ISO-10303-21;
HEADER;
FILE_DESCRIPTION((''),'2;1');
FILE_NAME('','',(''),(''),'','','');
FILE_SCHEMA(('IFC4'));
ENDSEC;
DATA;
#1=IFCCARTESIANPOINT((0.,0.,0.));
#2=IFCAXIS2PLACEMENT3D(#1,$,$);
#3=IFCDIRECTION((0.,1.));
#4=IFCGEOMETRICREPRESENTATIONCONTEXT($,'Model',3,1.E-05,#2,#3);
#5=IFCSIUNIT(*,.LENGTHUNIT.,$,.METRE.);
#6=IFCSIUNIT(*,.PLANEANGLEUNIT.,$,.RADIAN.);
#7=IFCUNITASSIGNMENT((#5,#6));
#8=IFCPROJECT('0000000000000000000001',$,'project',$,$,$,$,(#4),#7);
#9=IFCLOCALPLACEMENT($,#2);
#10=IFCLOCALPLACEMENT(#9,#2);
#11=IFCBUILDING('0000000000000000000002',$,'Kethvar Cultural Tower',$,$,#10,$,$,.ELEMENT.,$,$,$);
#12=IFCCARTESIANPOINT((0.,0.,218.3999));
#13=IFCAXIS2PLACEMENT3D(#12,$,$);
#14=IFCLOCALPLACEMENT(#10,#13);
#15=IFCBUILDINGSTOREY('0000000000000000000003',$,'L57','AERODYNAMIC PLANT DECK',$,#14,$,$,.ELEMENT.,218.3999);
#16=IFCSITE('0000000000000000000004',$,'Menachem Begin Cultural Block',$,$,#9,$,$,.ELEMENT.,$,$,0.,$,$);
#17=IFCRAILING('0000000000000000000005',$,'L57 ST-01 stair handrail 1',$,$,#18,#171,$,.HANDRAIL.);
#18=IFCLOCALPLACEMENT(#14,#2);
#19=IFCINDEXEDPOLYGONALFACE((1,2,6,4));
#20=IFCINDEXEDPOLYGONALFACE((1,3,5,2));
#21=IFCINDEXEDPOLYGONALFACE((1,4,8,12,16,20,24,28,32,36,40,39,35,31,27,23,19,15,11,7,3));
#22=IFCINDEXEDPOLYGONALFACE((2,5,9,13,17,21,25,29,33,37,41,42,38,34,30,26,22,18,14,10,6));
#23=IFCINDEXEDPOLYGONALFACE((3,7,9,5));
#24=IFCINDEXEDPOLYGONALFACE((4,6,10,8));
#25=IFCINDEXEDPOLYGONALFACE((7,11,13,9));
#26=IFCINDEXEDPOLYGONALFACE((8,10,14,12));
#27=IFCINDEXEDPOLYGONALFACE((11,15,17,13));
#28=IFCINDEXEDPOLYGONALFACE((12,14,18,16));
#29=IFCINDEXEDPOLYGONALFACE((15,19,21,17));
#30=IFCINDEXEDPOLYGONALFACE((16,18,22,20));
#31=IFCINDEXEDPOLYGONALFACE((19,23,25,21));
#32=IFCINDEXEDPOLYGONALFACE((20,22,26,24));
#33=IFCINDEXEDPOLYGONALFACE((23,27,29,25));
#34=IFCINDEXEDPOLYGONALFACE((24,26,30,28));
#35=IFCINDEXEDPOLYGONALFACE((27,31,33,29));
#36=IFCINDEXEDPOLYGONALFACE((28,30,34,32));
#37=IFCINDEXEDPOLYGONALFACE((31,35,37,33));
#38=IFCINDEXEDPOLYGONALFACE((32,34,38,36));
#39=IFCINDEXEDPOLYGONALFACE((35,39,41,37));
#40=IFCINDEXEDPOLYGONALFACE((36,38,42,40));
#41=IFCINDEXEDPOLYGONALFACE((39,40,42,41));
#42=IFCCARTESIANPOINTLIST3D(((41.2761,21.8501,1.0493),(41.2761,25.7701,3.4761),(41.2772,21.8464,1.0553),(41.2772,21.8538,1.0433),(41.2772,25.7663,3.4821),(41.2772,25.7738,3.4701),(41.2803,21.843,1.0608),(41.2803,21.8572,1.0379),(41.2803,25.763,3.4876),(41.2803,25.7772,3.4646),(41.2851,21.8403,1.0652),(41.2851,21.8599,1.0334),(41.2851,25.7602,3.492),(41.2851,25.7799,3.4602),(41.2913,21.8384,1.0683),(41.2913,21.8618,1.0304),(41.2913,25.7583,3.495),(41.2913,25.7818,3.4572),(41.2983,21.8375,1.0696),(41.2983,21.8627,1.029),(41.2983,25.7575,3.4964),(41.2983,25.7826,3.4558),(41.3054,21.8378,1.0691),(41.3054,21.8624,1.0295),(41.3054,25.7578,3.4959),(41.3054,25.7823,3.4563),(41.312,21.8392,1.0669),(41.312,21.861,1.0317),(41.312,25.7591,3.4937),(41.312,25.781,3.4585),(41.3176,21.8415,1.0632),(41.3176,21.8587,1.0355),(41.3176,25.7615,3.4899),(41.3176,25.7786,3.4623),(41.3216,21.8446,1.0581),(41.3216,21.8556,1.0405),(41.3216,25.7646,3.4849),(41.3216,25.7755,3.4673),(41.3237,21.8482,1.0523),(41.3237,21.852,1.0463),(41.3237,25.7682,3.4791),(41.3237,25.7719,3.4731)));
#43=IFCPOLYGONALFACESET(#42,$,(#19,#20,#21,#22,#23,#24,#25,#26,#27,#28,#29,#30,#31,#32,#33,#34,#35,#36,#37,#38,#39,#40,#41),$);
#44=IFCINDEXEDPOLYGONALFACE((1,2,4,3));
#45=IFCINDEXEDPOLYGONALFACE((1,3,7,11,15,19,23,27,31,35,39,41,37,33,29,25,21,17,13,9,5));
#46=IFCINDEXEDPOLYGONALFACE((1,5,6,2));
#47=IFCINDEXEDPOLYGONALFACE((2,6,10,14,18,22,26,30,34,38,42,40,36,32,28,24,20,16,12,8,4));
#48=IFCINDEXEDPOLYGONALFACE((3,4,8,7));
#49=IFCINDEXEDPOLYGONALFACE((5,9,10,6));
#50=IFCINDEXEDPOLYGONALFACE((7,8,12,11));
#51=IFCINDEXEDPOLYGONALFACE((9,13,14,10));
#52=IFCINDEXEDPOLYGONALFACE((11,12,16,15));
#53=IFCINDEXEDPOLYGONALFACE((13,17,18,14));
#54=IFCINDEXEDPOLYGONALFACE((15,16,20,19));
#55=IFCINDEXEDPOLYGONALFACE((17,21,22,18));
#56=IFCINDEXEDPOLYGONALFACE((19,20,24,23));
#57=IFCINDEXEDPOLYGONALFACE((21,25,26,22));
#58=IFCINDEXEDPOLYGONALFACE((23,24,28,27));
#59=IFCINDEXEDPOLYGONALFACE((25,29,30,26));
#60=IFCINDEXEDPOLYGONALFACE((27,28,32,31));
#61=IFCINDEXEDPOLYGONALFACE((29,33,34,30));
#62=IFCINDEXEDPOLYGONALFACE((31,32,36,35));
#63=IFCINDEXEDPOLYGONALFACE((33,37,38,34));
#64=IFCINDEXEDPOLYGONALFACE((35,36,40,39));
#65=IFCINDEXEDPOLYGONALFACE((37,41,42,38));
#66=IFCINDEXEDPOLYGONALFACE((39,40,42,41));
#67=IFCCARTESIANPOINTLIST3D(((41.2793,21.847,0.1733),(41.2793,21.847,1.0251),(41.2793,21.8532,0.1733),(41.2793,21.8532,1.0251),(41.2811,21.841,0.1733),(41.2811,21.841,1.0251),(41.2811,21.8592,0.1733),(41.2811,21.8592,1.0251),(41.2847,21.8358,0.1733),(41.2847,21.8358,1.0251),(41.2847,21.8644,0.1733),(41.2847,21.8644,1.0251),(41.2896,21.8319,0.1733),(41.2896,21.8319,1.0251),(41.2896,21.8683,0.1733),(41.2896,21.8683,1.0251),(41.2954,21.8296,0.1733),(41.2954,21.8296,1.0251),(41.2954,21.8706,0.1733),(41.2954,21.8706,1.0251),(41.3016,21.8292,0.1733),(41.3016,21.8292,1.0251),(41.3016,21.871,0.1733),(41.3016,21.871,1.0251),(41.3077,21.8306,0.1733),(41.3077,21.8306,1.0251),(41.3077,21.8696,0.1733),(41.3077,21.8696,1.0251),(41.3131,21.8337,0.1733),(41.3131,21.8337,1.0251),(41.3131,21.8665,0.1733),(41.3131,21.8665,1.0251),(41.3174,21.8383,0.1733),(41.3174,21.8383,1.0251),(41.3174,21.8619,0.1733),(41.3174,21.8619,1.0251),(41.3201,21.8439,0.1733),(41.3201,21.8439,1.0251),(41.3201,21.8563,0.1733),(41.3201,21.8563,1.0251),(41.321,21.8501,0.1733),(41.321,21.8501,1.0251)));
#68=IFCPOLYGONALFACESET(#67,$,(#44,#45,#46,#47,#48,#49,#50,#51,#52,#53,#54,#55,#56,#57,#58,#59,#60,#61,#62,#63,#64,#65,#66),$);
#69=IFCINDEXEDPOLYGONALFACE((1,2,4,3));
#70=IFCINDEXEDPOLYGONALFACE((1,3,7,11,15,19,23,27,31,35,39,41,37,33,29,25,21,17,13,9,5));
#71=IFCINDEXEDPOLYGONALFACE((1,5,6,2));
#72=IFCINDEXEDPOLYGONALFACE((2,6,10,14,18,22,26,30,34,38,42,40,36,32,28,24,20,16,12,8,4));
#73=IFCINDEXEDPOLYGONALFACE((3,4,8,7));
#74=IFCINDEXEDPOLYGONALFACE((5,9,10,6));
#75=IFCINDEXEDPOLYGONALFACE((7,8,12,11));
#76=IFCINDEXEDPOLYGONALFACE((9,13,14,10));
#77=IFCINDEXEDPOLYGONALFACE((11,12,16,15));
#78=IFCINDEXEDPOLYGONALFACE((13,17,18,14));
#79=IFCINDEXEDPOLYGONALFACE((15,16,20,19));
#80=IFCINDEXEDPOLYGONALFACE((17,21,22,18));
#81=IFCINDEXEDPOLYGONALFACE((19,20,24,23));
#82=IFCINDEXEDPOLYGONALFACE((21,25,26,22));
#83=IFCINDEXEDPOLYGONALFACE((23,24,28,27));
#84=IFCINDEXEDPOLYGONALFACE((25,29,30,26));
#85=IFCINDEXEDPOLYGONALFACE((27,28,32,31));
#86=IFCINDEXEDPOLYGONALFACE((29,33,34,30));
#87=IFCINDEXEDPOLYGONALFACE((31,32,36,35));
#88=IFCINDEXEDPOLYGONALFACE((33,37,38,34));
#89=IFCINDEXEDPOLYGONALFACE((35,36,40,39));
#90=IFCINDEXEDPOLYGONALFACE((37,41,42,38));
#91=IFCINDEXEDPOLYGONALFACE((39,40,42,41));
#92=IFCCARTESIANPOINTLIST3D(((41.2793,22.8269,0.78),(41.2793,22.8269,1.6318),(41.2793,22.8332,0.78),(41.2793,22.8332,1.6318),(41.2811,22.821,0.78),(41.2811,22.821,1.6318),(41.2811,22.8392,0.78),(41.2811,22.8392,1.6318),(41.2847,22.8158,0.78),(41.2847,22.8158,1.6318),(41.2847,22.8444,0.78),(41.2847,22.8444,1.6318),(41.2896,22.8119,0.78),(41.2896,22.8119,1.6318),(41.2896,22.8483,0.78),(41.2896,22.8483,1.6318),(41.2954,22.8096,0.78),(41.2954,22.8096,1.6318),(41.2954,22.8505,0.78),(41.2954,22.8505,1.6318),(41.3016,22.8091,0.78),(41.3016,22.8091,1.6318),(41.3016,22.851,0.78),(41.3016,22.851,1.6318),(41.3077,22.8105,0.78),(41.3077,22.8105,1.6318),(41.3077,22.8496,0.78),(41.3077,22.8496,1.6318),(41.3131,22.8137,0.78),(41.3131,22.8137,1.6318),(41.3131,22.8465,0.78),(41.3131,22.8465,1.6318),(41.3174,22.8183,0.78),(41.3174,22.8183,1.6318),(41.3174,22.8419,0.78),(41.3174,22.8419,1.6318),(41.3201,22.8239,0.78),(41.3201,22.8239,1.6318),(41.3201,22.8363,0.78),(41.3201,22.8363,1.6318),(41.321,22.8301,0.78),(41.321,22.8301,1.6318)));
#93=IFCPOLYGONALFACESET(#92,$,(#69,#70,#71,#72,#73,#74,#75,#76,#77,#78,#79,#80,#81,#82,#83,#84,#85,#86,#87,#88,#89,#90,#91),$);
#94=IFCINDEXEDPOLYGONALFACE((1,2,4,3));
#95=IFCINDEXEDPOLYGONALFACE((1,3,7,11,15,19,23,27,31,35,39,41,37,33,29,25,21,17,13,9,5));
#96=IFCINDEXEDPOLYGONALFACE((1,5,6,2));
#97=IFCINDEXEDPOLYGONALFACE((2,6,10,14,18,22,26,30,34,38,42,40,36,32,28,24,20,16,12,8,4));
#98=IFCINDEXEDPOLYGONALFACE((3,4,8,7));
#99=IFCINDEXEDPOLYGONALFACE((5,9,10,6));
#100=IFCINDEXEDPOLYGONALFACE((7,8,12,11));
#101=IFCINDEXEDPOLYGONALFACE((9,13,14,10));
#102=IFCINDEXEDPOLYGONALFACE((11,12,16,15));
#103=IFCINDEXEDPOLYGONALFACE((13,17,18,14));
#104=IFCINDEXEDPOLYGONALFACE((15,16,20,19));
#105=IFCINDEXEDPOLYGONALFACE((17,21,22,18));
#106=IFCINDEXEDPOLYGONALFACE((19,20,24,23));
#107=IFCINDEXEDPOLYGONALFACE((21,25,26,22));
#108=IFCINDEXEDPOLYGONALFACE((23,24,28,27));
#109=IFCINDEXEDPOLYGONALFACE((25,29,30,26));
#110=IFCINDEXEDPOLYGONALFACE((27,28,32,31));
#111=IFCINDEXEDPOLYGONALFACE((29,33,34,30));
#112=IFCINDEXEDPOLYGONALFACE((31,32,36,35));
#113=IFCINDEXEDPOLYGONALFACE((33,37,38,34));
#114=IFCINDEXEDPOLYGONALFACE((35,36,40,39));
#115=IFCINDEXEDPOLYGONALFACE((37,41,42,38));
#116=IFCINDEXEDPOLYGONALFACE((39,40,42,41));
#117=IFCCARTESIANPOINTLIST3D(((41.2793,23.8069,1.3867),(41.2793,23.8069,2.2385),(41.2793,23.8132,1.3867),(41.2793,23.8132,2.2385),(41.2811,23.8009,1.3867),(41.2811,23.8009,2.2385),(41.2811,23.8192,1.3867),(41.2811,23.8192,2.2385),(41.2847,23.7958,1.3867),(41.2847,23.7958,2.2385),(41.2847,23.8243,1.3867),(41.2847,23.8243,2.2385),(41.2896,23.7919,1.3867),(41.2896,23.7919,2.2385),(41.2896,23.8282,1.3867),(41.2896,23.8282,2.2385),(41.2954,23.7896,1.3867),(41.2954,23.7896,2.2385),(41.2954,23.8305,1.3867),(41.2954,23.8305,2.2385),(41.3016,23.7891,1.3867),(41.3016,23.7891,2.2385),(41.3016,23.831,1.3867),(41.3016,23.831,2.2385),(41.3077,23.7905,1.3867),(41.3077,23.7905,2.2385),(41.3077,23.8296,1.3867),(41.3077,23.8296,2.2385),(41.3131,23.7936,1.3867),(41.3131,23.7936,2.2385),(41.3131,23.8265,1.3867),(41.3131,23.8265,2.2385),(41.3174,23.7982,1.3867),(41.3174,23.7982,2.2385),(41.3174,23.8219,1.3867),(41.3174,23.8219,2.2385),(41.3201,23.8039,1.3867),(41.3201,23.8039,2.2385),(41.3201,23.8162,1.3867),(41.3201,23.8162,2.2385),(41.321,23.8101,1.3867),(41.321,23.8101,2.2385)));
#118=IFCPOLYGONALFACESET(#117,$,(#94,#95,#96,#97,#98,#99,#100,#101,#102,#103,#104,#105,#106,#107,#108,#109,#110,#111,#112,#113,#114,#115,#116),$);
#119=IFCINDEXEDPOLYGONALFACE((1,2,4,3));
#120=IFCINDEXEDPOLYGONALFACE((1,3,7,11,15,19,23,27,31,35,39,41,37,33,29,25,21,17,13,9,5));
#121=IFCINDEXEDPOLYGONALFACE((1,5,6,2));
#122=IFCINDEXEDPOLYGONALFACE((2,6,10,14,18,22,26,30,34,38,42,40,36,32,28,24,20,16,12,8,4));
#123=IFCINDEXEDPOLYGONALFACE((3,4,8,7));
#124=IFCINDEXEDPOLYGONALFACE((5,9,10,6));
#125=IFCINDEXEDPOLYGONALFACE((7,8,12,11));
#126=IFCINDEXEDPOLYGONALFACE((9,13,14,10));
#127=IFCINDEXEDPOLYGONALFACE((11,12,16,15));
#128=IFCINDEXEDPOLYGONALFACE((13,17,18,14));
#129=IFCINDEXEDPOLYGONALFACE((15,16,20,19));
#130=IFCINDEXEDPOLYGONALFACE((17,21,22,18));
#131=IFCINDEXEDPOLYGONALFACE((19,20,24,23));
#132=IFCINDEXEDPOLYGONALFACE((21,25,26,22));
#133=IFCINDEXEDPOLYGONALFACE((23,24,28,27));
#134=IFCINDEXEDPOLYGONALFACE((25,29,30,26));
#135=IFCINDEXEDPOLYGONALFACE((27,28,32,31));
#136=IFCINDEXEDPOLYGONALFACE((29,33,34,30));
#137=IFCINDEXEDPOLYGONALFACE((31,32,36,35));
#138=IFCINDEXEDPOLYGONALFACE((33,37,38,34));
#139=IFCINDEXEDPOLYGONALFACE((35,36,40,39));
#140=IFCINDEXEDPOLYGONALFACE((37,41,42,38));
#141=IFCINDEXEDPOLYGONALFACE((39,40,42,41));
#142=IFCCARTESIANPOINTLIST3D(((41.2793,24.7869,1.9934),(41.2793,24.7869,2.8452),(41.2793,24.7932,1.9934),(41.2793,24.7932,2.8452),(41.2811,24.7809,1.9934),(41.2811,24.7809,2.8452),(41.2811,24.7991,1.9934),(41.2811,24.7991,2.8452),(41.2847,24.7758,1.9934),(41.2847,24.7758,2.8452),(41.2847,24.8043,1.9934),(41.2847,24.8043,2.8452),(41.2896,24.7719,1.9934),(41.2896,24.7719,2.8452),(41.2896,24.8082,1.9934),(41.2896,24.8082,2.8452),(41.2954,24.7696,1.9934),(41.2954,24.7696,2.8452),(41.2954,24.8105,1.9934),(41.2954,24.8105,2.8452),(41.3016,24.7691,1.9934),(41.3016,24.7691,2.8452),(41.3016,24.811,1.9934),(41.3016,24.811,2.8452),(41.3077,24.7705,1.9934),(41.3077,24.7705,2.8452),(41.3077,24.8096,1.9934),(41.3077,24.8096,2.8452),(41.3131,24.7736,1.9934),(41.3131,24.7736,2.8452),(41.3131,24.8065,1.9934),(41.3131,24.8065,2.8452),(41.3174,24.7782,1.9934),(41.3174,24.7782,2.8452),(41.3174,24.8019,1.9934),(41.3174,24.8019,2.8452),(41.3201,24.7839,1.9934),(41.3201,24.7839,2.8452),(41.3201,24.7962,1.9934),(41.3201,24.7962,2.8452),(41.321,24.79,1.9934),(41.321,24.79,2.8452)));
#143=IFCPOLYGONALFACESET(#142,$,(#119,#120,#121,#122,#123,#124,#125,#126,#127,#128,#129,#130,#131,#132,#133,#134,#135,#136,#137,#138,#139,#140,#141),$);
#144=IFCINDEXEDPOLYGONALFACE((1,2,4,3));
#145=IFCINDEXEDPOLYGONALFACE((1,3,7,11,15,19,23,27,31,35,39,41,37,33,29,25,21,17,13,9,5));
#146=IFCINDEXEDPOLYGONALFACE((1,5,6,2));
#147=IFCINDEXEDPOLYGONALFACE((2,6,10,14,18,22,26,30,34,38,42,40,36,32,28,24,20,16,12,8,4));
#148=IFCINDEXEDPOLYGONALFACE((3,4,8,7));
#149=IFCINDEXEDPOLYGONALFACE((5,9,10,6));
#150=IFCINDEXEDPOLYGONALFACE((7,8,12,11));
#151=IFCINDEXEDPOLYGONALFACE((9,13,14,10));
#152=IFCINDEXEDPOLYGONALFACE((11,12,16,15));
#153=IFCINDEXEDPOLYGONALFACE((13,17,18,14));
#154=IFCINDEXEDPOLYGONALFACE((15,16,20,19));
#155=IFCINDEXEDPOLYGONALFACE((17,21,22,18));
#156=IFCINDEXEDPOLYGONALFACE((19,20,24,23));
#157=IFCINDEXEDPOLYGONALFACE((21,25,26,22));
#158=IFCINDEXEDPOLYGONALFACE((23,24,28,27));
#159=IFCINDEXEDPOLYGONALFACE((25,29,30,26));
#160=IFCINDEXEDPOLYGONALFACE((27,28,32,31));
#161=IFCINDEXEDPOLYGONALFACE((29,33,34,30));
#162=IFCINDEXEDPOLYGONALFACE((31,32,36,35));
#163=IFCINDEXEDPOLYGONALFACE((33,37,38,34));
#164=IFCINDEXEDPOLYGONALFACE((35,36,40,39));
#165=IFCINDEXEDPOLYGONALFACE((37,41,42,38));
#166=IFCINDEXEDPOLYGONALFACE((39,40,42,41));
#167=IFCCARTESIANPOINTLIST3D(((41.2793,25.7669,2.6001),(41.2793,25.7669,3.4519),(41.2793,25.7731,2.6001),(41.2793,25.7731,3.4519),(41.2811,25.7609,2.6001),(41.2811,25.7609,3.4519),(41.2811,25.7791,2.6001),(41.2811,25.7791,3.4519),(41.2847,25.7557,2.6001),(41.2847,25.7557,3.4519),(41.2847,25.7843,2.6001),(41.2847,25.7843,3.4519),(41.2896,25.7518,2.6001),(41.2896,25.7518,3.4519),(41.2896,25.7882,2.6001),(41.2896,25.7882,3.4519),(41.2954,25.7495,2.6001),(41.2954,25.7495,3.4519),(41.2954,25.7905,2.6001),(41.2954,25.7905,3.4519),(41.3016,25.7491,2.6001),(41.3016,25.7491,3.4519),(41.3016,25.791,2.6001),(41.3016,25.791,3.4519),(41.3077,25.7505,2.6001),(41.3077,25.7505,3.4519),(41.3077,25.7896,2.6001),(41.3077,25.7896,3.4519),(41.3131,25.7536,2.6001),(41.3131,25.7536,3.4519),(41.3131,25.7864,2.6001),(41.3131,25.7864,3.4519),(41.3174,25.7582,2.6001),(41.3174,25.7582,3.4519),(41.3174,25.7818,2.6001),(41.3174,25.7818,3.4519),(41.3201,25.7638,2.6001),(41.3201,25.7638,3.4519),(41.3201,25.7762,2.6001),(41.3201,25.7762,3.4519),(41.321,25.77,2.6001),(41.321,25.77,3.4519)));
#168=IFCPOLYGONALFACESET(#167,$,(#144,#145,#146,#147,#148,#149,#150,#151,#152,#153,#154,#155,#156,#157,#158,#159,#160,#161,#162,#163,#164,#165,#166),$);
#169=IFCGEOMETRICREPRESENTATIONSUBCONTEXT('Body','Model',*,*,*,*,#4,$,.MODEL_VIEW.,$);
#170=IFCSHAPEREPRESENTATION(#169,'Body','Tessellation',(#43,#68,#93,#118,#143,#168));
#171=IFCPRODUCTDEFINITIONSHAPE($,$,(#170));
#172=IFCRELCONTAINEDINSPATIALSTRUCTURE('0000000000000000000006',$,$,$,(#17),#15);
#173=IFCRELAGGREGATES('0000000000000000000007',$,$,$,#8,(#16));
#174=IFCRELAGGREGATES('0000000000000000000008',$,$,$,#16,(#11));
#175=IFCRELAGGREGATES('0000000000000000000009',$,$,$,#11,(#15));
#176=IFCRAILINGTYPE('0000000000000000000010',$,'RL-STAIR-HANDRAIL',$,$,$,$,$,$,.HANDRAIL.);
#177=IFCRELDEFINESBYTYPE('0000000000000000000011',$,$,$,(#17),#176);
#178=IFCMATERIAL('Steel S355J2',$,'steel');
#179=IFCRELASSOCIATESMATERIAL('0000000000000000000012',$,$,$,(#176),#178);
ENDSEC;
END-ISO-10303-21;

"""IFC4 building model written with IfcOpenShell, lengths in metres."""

from ifc_helpers import new_model, si_unit, direction, frame, origin, origin_2d, place, context, subcontext, project, spatial, circle, extrude, material, type_object, element, save


model = new_model("IFC4")

# Units and contexts
model_context = context("Model", 3, precision=1e-05, world=origin(), true_north=direction((0.0, 1.0)))
body_context = subcontext(model_context, "Body", "Model", "MODEL_VIEW")
ifc_project = project(units=[si_unit("LENGTHUNIT", "METRE"), si_unit("PLANEANGLEUNIT", "RADIAN")], contexts=[model_context])

# Site, building, storey
site_placement = place(None, origin())
site = spatial("IfcSite", under=ifc_project, at=site_placement, Name="Menachem Begin Cultural Block", CompositionType="ELEMENT", RefElevation=0.0)
building_placement = place(site_placement, origin())
building = spatial("IfcBuilding", under=site, at=building_placement, Name="Kethvar Cultural Tower", CompositionType="ELEMENT")
storey_placement = place(building_placement, frame((0.0, 0.0, 218.3999)))
storey = spatial("IfcBuildingStorey", under=building, at=storey_placement, Name="L57", Description="AERODYNAMIC PLANT DECK", CompositionType="ELEMENT", Elevation=218.3999)

# Shared definitions
ifc_material_1 = material(Name="Steel S355J2", Category="steel")

# Railing
railing_type_1 = type_object("IfcRailingType", Name="RL-STAIR-HANDRAIL", PredefinedType="HANDRAIL", material=ifc_material_1)
railing_1_placement = place(storey_placement, frame((41.3, 21.8501, 0.1733)))
element("IfcRailing", 1, at=railing_1_placement, inside=storey, type_object=railing_type_1, Name="L57 ST-01 stair handrail 1", PredefinedType="HANDRAIL", context=body_context, shape_type="SweptSolid", body=[
    extrude(circle(Radius=0.0239, at=origin_2d()), frame((0.0, 0.0, 0.876), z_axis=(0.0, 0.850252, 0.526376), x_axis=(-1.0, 0.0, 0.0)), (0.0, 0.0, 1.0), 4.6104),
    extrude(circle(Radius=0.021, at=origin_2d()), origin(), (0.0, 0.0, 1.0), 0.8518),
    extrude(circle(Radius=0.021, at=origin_2d()), frame((0.0, 0.98, 0.6067)), (0.0, 0.0, 1.0), 0.8518),
    extrude(circle(Radius=0.021, at=origin_2d()), frame((0.0, 1.96, 1.2134)), (0.0, 0.0, 1.0), 0.8518),
    extrude(circle(Radius=0.021, at=origin_2d()), frame((0.0, 2.9399, 1.8201)), (0.0, 0.0, 1.0), 0.8518),
    extrude(circle(Radius=0.021, at=origin_2d()), frame((0.0, 3.9199, 2.4268)), (0.0, 0.0, 1.0), 0.8518),
])

save(model, "model.ifc")
